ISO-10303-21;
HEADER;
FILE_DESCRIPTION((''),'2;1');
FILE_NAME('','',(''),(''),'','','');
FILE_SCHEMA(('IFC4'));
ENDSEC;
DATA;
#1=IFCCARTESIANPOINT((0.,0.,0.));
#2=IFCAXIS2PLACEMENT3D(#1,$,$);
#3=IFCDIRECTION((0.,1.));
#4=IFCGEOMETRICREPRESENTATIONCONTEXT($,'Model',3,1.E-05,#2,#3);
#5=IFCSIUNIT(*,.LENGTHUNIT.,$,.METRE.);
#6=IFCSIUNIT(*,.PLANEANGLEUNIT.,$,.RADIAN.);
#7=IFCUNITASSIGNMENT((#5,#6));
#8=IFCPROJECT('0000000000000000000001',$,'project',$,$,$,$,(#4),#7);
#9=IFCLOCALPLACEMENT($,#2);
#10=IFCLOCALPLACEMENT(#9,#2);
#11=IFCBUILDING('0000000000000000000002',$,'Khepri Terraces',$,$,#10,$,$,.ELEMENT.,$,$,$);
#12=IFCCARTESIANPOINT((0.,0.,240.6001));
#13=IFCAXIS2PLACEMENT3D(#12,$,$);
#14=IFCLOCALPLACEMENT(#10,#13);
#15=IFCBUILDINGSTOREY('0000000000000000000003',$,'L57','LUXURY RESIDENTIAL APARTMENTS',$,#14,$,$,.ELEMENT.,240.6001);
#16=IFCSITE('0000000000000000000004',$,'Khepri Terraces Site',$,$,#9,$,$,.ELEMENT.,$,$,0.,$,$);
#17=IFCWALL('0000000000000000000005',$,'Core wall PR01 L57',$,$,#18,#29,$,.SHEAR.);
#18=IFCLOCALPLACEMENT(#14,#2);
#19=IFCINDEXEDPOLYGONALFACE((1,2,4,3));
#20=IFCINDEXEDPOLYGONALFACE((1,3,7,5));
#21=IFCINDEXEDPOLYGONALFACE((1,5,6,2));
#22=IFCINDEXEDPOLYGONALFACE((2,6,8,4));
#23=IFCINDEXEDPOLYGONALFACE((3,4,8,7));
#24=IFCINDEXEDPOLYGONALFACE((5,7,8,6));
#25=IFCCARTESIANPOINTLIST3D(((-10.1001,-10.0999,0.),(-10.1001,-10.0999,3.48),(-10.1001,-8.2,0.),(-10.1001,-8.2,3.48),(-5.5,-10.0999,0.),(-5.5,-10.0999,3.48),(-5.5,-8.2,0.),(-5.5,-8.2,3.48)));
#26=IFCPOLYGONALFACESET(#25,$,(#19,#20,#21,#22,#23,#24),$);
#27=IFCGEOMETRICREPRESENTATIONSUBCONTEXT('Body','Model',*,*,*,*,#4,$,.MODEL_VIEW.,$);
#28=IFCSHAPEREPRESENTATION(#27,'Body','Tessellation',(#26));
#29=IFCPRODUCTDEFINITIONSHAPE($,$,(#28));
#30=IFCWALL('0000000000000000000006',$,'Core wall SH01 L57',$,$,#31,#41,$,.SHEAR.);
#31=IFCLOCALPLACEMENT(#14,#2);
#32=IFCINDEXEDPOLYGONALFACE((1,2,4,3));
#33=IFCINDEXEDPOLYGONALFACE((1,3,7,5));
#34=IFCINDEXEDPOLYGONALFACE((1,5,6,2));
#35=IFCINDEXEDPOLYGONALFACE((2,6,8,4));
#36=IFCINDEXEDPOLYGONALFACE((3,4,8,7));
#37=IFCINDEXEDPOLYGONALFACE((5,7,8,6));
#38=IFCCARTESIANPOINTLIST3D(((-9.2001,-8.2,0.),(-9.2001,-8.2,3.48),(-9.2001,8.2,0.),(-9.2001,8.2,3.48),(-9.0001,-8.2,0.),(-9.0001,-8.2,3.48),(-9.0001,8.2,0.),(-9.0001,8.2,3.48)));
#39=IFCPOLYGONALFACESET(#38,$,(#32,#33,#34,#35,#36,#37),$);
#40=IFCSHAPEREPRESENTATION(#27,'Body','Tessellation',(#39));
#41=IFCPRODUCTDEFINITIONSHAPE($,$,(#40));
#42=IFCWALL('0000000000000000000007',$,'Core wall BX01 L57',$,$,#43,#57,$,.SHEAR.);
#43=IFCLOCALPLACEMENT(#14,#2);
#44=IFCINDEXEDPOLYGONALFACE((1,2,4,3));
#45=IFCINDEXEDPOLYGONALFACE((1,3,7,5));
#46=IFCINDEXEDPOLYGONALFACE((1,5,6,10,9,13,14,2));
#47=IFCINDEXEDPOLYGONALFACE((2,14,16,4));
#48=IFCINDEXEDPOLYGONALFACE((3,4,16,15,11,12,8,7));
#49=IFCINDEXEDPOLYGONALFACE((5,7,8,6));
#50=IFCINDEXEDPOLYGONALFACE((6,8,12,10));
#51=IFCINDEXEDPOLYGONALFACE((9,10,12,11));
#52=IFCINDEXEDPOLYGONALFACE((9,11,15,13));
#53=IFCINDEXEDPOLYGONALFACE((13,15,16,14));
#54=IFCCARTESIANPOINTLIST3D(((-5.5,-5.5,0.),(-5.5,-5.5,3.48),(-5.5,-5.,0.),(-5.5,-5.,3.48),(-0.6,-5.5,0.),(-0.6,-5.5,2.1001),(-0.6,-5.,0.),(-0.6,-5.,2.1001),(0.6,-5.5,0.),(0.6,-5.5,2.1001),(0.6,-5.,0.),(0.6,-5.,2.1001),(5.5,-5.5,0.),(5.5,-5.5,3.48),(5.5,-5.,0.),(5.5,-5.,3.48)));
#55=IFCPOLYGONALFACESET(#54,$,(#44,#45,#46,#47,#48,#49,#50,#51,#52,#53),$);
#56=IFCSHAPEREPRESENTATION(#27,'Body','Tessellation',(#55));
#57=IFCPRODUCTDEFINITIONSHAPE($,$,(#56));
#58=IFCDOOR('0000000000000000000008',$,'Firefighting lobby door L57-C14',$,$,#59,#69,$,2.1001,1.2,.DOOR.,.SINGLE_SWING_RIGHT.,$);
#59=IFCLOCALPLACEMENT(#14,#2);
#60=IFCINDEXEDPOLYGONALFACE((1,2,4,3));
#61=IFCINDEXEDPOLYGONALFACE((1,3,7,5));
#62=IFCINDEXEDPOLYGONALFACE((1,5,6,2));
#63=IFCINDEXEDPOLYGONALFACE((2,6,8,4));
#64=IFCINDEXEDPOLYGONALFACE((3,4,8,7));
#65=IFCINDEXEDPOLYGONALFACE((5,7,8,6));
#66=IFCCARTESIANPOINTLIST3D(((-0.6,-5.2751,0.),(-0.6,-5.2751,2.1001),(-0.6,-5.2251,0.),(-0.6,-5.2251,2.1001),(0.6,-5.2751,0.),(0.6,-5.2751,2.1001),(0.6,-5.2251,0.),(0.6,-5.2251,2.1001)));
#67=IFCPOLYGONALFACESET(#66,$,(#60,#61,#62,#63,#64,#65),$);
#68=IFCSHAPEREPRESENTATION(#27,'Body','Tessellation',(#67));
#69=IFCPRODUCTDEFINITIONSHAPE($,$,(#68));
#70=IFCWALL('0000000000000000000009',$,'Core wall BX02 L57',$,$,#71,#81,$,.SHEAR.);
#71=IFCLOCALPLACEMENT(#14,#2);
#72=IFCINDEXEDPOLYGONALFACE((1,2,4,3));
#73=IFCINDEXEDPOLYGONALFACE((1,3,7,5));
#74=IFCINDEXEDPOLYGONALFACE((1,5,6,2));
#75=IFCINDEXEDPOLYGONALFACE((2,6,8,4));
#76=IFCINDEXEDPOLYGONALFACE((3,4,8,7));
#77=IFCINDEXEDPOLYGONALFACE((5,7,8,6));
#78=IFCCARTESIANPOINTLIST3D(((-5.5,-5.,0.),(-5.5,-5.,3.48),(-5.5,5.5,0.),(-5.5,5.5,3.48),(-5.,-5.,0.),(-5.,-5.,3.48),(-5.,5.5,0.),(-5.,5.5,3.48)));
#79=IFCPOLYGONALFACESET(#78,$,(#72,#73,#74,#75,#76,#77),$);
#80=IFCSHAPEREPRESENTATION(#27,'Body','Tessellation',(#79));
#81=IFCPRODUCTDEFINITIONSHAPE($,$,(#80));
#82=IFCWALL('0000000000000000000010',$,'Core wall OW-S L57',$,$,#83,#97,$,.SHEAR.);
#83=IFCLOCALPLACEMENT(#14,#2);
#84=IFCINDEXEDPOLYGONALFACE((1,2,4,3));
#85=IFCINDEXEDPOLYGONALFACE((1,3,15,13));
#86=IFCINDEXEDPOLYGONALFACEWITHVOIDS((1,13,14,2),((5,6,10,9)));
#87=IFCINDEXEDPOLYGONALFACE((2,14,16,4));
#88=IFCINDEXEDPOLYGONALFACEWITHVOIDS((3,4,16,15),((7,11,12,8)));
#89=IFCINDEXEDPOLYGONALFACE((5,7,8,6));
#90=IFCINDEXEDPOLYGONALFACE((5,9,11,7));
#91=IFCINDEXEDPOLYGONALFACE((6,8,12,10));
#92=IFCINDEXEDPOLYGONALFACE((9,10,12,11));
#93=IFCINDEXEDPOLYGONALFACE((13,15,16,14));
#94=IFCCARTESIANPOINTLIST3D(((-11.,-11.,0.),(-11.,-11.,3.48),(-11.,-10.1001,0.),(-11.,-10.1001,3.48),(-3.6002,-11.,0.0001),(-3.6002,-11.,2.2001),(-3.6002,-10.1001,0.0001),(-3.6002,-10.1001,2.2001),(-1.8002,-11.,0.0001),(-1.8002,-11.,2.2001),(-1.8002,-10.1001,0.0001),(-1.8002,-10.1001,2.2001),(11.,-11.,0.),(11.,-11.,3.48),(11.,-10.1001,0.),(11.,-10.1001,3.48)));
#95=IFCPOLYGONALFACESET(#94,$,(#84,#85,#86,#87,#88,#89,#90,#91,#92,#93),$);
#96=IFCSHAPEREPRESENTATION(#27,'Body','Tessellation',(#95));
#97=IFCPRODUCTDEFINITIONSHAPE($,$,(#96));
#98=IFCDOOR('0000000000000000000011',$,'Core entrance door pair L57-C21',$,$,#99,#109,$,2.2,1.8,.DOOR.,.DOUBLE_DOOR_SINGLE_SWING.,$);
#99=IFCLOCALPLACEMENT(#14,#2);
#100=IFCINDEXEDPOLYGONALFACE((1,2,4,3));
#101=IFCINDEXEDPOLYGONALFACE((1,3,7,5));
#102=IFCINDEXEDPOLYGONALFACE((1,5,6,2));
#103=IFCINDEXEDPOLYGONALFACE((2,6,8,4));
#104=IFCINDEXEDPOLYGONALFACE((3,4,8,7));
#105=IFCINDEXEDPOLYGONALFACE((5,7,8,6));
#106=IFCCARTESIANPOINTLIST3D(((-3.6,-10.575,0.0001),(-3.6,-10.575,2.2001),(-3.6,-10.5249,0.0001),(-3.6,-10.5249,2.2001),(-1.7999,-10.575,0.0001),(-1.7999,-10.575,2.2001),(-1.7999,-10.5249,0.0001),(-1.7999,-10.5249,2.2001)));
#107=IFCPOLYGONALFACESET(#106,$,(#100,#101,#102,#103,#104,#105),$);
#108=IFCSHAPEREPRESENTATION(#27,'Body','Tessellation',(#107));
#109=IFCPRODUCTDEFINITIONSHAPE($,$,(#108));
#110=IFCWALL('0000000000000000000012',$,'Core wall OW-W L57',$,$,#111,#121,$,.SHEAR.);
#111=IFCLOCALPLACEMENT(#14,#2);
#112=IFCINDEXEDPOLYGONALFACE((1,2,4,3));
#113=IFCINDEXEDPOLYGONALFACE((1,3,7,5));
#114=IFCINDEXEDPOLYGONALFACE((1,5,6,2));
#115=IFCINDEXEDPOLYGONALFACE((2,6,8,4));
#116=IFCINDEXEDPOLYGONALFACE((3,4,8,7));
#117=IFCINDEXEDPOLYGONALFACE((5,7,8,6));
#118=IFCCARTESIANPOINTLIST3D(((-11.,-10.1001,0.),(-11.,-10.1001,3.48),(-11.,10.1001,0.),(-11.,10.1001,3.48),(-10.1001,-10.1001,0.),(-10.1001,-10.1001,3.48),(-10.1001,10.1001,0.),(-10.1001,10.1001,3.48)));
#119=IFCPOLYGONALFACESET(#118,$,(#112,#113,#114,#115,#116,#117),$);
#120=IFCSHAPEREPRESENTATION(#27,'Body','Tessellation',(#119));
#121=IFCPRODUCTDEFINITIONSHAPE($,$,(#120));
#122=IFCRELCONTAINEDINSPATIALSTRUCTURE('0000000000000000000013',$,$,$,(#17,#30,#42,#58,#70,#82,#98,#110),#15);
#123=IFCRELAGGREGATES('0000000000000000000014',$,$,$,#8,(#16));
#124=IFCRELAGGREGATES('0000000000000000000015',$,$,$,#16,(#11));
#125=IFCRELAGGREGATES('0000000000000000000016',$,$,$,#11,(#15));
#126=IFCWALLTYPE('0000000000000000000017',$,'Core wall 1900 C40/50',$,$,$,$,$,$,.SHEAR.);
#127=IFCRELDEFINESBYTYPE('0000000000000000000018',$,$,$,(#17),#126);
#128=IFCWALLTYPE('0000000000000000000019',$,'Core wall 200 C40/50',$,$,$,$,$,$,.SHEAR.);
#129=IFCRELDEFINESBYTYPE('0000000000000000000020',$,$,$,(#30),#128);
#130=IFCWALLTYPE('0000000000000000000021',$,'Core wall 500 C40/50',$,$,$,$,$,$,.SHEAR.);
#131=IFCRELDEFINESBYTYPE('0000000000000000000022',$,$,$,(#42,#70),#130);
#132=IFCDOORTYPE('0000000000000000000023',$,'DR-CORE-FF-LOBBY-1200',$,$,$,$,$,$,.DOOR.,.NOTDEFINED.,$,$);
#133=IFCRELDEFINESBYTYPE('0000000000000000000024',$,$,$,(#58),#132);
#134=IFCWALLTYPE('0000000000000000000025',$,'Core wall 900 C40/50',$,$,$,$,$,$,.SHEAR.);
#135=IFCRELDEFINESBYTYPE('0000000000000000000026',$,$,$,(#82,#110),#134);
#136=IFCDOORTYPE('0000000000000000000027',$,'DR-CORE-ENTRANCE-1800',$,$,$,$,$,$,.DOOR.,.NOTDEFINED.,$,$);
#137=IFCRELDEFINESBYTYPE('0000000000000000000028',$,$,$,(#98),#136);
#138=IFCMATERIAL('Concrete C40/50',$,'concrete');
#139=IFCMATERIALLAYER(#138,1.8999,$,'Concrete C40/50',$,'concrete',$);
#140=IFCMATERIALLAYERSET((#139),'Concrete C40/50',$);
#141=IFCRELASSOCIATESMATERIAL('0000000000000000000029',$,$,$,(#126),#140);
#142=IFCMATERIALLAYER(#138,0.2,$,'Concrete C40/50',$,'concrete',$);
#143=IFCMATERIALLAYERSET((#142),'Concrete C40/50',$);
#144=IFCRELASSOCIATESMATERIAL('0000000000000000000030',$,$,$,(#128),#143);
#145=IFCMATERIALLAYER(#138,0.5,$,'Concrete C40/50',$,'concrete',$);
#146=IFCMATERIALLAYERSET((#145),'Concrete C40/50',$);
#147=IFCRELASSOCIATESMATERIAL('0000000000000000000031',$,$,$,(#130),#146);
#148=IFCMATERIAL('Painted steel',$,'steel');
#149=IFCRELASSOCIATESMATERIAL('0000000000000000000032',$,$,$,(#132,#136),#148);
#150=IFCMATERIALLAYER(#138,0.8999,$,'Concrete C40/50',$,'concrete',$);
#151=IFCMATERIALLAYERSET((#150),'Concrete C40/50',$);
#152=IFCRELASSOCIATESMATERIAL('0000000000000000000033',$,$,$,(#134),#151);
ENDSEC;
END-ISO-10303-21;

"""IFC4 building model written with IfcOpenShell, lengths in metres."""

from ifc_helpers import new_model, si_unit, direction, frame, frame_2d, origin, place, context, subcontext, project, spatial, rectangle, extrude, material, layer, layer_set, type_object, element, fill, save


model = new_model("IFC4")

# Units and contexts
model_context = context("Model", 3, precision=1e-05, world=origin(), true_north=direction((0.0, 1.0)))
body_context = subcontext(model_context, "Body", "Model", "MODEL_VIEW")
ifc_project = project(units=[si_unit("LENGTHUNIT", "METRE"), si_unit("PLANEANGLEUNIT", "RADIAN")], contexts=[model_context])

# Site, building, storey
site_placement = place(None, origin())
site = spatial("IfcSite", under=ifc_project, at=site_placement, Name="Khepri Terraces Site", CompositionType="ELEMENT", RefElevation=0.0)
building_placement = place(site_placement, origin())
building = spatial("IfcBuilding", under=site, at=building_placement, Name="Khepri Terraces", CompositionType="ELEMENT")
storey_placement = place(building_placement, frame((0.0, 0.0, 240.6001)))
storey = spatial("IfcBuildingStorey", under=building, at=storey_placement, Name="L57", Description="LUXURY RESIDENTIAL APARTMENTS", CompositionType="ELEMENT", Elevation=240.6001)

# Walls
ifc_material_1 = material(Name="Concrete C40/50", Category="concrete")
ifc_layer_1 = layer(ifc_material_1, 1.8999, Name="Concrete C40/50", Category="concrete")
ifc_layer_set_1 = layer_set([ifc_layer_1], Name="Concrete C40/50")
wall_type_1 = type_object("IfcWallType", Name="Core wall 1900 C40/50", PredefinedType="SHEAR", material=ifc_layer_set_1)
wall_1_placement = place(storey_placement, frame((-10.1001, -9.1499, 0.0), z_axis=(0.0, 0.0, 1.0), x_axis=(1.0, 0.0, 0.0)))
element("IfcWall", 1, at=wall_1_placement, inside=storey, type_object=wall_type_1, Name="Core wall PR01 L57", PredefinedType="SHEAR", context=body_context, shape_type="SweptSolid", body=[
    extrude(rectangle(XDim=4.6001, YDim=1.8999, at=frame_2d((2.3, 0.0))), origin(), (0.0, 0.0, 1.0), 3.48),
])
ifc_layer_2 = layer(ifc_material_1, 0.2, Name="Concrete C40/50", Category="concrete")
ifc_layer_set_2 = layer_set([ifc_layer_2], Name="Concrete C40/50")
wall_type_2 = type_object("IfcWallType", Name="Core wall 200 C40/50", PredefinedType="SHEAR", material=ifc_layer_set_2)
wall_2_placement = place(storey_placement, frame((-9.1001, -8.2, 0.0), z_axis=(0.0, 0.0, 1.0), x_axis=(0.0, 1.0, 0.0)))
element("IfcWall", 2, at=wall_2_placement, inside=storey, type_object=wall_type_2, Name="Core wall SH01 L57", PredefinedType="SHEAR", context=body_context, shape_type="SweptSolid", body=[
    extrude(rectangle(XDim=16.3999, YDim=0.2, at=frame_2d((8.2, 0.0))), origin(), (0.0, 0.0, 1.0), 3.48),
])

# Wall, opening, door
ifc_layer_3 = layer(ifc_material_1, 0.5, Name="Concrete C40/50", Category="concrete")
ifc_layer_set_3 = layer_set([ifc_layer_3], Name="Concrete C40/50")
wall_type_3 = type_object("IfcWallType", Name="Core wall 500 C40/50", PredefinedType="SHEAR", material=ifc_layer_set_3)
wall_3_placement = place(storey_placement, frame((-5.5, -5.25, 0.0), z_axis=(0.0, 0.0, 1.0), x_axis=(1.0, 0.0, 0.0)))
wall_3 = element("IfcWall", 3, at=wall_3_placement, inside=storey, type_object=wall_type_3, Name="Core wall BX01 L57", PredefinedType="SHEAR", context=body_context, shape_type="SweptSolid", body=[
    extrude(rectangle(XDim=11.0, YDim=0.5, at=frame_2d((5.5, 0.0))), origin(), (0.0, 0.0, 1.0), 3.48),
])
opening_1_placement = place(wall_3_placement, frame((4.8999, 0.0, 0.0)))
opening_1 = element("IfcOpeningElement", 4, at=opening_1_placement, cuts=wall_3, PredefinedType="OPENING", context=body_context, shape_type="SweptSolid", body=[
    extrude(rectangle(XDim=1.2, YDim=2.1001, at=frame_2d((0.6001, 1.05))), frame((0.0, 0.26, 0.0), z_axis=(0.0, -1.0, 0.0), x_axis=(1.0, 0.0, 0.0)), (0.0, 0.0, 1.0), 0.52),
])
ifc_material_2 = material(Name="Painted steel", Category="steel")
door_type_1 = type_object("IfcDoorType", Name="DR-CORE-FF-LOBBY-1200", OperationType="NOTDEFINED", PredefinedType="DOOR", material=ifc_material_2)
door_1_placement = place(opening_1_placement, origin())
door_1 = element("IfcDoor", 5, at=door_1_placement, inside=storey, type_object=door_type_1, Name="Firefighting lobby door L57-C14", OperationType="SINGLE_SWING_RIGHT", OverallHeight=2.1001, OverallWidth=1.2, PredefinedType="DOOR", context=body_context, shape_type="SweptSolid", body=[
    extrude(rectangle(XDim=1.2, YDim=2.1001, at=frame_2d((0.6001, 1.05))), frame((0.0, 0.0249, 0.0), z_axis=(0.0, -1.0, 0.0), x_axis=(1.0, 0.0, 0.0)), (0.0, 0.0, 1.0), 0.05),
])
fill(opening_1, door_1)

# Wall
wall_4_placement = place(storey_placement, frame((-5.25, -5.0, 0.0), z_axis=(0.0, 0.0, 1.0), x_axis=(0.0, 1.0, 0.0)))
element("IfcWall", 6, at=wall_4_placement, inside=storey, type_object=wall_type_3, Name="Core wall BX02 L57", PredefinedType="SHEAR", context=body_context, shape_type="SweptSolid", body=[
    extrude(rectangle(XDim=10.5, YDim=0.5, at=frame_2d((5.25, 0.0))), origin(), (0.0, 0.0, 1.0), 3.48),
])

# Wall, opening, door
ifc_layer_4 = layer(ifc_material_1, 0.8999, Name="Concrete C40/50", Category="concrete")
ifc_layer_set_4 = layer_set([ifc_layer_4], Name="Concrete C40/50")
wall_type_4 = type_object("IfcWallType", Name="Core wall 900 C40/50", PredefinedType="SHEAR", material=ifc_layer_set_4)
wall_5_placement = place(storey_placement, frame((-11.0, -10.55, 0.0), z_axis=(0.0, 0.0, 1.0), x_axis=(1.0, 0.0, 0.0)))
wall_5 = element("IfcWall", 7, at=wall_5_placement, inside=storey, type_object=wall_type_4, Name="Core wall OW-S L57", PredefinedType="SHEAR", context=body_context, shape_type="SweptSolid", body=[
    extrude(rectangle(XDim=22.0, YDim=0.8999, at=frame_2d((11.0, 0.0))), origin(), (0.0, 0.0, 1.0), 3.48),
])
opening_2_placement = place(wall_5_placement, frame((7.3999, 0.0, 0.0)))
opening_2 = element("IfcOpeningElement", 8, at=opening_2_placement, cuts=wall_5, PredefinedType="OPENING", context=body_context, shape_type="SweptSolid", body=[
    extrude(rectangle(XDim=1.8, YDim=2.2, at=frame_2d((0.8999, 1.1001))), frame((0.0, 0.46, 0.0), z_axis=(0.0, -1.0, 0.0), x_axis=(1.0, 0.0, 0.0)), (0.0, 0.0, 1.0), 0.9199),
])
door_type_2 = type_object("IfcDoorType", Name="DR-CORE-ENTRANCE-1800", OperationType="NOTDEFINED", PredefinedType="DOOR", material=ifc_material_2)
door_2_placement = place(opening_2_placement, frame((1.8, 0.0, 0.0), z_axis=(0.0, 0.0, 1.0), x_axis=(-1.0, 0.0, 0.0)))
door_2 = element("IfcDoor", 9, at=door_2_placement, inside=storey, type_object=door_type_2, Name="Core entrance door pair L57-C21", OperationType="DOUBLE_DOOR_SINGLE_SWING", OverallHeight=2.2, OverallWidth=1.8, PredefinedType="DOOR", context=body_context, shape_type="SweptSolid", body=[
    extrude(rectangle(XDim=1.8, YDim=2.2, at=frame_2d((0.8999, 1.1001))), frame((0.0, 0.0249, 0.0), z_axis=(0.0, -1.0, 0.0), x_axis=(1.0, 0.0, 0.0)), (0.0, 0.0, 1.0), 0.05),
])
fill(opening_2, door_2)

# Wall
wall_6_placement = place(storey_placement, frame((-10.55, -10.1001, 0.0), z_axis=(0.0, 0.0, 1.0), x_axis=(0.0, 1.0, 0.0)))
element("IfcWall", 10, at=wall_6_placement, inside=storey, type_object=wall_type_4, Name="Core wall OW-W L57", PredefinedType="SHEAR", context=body_context, shape_type="SweptSolid", body=[
    extrude(rectangle(XDim=20.2002, YDim=0.8999, at=frame_2d((10.1001, 0.0))), origin(), (0.0, 0.0, 1.0), 3.48),
])

save(model, "model.ifc")
